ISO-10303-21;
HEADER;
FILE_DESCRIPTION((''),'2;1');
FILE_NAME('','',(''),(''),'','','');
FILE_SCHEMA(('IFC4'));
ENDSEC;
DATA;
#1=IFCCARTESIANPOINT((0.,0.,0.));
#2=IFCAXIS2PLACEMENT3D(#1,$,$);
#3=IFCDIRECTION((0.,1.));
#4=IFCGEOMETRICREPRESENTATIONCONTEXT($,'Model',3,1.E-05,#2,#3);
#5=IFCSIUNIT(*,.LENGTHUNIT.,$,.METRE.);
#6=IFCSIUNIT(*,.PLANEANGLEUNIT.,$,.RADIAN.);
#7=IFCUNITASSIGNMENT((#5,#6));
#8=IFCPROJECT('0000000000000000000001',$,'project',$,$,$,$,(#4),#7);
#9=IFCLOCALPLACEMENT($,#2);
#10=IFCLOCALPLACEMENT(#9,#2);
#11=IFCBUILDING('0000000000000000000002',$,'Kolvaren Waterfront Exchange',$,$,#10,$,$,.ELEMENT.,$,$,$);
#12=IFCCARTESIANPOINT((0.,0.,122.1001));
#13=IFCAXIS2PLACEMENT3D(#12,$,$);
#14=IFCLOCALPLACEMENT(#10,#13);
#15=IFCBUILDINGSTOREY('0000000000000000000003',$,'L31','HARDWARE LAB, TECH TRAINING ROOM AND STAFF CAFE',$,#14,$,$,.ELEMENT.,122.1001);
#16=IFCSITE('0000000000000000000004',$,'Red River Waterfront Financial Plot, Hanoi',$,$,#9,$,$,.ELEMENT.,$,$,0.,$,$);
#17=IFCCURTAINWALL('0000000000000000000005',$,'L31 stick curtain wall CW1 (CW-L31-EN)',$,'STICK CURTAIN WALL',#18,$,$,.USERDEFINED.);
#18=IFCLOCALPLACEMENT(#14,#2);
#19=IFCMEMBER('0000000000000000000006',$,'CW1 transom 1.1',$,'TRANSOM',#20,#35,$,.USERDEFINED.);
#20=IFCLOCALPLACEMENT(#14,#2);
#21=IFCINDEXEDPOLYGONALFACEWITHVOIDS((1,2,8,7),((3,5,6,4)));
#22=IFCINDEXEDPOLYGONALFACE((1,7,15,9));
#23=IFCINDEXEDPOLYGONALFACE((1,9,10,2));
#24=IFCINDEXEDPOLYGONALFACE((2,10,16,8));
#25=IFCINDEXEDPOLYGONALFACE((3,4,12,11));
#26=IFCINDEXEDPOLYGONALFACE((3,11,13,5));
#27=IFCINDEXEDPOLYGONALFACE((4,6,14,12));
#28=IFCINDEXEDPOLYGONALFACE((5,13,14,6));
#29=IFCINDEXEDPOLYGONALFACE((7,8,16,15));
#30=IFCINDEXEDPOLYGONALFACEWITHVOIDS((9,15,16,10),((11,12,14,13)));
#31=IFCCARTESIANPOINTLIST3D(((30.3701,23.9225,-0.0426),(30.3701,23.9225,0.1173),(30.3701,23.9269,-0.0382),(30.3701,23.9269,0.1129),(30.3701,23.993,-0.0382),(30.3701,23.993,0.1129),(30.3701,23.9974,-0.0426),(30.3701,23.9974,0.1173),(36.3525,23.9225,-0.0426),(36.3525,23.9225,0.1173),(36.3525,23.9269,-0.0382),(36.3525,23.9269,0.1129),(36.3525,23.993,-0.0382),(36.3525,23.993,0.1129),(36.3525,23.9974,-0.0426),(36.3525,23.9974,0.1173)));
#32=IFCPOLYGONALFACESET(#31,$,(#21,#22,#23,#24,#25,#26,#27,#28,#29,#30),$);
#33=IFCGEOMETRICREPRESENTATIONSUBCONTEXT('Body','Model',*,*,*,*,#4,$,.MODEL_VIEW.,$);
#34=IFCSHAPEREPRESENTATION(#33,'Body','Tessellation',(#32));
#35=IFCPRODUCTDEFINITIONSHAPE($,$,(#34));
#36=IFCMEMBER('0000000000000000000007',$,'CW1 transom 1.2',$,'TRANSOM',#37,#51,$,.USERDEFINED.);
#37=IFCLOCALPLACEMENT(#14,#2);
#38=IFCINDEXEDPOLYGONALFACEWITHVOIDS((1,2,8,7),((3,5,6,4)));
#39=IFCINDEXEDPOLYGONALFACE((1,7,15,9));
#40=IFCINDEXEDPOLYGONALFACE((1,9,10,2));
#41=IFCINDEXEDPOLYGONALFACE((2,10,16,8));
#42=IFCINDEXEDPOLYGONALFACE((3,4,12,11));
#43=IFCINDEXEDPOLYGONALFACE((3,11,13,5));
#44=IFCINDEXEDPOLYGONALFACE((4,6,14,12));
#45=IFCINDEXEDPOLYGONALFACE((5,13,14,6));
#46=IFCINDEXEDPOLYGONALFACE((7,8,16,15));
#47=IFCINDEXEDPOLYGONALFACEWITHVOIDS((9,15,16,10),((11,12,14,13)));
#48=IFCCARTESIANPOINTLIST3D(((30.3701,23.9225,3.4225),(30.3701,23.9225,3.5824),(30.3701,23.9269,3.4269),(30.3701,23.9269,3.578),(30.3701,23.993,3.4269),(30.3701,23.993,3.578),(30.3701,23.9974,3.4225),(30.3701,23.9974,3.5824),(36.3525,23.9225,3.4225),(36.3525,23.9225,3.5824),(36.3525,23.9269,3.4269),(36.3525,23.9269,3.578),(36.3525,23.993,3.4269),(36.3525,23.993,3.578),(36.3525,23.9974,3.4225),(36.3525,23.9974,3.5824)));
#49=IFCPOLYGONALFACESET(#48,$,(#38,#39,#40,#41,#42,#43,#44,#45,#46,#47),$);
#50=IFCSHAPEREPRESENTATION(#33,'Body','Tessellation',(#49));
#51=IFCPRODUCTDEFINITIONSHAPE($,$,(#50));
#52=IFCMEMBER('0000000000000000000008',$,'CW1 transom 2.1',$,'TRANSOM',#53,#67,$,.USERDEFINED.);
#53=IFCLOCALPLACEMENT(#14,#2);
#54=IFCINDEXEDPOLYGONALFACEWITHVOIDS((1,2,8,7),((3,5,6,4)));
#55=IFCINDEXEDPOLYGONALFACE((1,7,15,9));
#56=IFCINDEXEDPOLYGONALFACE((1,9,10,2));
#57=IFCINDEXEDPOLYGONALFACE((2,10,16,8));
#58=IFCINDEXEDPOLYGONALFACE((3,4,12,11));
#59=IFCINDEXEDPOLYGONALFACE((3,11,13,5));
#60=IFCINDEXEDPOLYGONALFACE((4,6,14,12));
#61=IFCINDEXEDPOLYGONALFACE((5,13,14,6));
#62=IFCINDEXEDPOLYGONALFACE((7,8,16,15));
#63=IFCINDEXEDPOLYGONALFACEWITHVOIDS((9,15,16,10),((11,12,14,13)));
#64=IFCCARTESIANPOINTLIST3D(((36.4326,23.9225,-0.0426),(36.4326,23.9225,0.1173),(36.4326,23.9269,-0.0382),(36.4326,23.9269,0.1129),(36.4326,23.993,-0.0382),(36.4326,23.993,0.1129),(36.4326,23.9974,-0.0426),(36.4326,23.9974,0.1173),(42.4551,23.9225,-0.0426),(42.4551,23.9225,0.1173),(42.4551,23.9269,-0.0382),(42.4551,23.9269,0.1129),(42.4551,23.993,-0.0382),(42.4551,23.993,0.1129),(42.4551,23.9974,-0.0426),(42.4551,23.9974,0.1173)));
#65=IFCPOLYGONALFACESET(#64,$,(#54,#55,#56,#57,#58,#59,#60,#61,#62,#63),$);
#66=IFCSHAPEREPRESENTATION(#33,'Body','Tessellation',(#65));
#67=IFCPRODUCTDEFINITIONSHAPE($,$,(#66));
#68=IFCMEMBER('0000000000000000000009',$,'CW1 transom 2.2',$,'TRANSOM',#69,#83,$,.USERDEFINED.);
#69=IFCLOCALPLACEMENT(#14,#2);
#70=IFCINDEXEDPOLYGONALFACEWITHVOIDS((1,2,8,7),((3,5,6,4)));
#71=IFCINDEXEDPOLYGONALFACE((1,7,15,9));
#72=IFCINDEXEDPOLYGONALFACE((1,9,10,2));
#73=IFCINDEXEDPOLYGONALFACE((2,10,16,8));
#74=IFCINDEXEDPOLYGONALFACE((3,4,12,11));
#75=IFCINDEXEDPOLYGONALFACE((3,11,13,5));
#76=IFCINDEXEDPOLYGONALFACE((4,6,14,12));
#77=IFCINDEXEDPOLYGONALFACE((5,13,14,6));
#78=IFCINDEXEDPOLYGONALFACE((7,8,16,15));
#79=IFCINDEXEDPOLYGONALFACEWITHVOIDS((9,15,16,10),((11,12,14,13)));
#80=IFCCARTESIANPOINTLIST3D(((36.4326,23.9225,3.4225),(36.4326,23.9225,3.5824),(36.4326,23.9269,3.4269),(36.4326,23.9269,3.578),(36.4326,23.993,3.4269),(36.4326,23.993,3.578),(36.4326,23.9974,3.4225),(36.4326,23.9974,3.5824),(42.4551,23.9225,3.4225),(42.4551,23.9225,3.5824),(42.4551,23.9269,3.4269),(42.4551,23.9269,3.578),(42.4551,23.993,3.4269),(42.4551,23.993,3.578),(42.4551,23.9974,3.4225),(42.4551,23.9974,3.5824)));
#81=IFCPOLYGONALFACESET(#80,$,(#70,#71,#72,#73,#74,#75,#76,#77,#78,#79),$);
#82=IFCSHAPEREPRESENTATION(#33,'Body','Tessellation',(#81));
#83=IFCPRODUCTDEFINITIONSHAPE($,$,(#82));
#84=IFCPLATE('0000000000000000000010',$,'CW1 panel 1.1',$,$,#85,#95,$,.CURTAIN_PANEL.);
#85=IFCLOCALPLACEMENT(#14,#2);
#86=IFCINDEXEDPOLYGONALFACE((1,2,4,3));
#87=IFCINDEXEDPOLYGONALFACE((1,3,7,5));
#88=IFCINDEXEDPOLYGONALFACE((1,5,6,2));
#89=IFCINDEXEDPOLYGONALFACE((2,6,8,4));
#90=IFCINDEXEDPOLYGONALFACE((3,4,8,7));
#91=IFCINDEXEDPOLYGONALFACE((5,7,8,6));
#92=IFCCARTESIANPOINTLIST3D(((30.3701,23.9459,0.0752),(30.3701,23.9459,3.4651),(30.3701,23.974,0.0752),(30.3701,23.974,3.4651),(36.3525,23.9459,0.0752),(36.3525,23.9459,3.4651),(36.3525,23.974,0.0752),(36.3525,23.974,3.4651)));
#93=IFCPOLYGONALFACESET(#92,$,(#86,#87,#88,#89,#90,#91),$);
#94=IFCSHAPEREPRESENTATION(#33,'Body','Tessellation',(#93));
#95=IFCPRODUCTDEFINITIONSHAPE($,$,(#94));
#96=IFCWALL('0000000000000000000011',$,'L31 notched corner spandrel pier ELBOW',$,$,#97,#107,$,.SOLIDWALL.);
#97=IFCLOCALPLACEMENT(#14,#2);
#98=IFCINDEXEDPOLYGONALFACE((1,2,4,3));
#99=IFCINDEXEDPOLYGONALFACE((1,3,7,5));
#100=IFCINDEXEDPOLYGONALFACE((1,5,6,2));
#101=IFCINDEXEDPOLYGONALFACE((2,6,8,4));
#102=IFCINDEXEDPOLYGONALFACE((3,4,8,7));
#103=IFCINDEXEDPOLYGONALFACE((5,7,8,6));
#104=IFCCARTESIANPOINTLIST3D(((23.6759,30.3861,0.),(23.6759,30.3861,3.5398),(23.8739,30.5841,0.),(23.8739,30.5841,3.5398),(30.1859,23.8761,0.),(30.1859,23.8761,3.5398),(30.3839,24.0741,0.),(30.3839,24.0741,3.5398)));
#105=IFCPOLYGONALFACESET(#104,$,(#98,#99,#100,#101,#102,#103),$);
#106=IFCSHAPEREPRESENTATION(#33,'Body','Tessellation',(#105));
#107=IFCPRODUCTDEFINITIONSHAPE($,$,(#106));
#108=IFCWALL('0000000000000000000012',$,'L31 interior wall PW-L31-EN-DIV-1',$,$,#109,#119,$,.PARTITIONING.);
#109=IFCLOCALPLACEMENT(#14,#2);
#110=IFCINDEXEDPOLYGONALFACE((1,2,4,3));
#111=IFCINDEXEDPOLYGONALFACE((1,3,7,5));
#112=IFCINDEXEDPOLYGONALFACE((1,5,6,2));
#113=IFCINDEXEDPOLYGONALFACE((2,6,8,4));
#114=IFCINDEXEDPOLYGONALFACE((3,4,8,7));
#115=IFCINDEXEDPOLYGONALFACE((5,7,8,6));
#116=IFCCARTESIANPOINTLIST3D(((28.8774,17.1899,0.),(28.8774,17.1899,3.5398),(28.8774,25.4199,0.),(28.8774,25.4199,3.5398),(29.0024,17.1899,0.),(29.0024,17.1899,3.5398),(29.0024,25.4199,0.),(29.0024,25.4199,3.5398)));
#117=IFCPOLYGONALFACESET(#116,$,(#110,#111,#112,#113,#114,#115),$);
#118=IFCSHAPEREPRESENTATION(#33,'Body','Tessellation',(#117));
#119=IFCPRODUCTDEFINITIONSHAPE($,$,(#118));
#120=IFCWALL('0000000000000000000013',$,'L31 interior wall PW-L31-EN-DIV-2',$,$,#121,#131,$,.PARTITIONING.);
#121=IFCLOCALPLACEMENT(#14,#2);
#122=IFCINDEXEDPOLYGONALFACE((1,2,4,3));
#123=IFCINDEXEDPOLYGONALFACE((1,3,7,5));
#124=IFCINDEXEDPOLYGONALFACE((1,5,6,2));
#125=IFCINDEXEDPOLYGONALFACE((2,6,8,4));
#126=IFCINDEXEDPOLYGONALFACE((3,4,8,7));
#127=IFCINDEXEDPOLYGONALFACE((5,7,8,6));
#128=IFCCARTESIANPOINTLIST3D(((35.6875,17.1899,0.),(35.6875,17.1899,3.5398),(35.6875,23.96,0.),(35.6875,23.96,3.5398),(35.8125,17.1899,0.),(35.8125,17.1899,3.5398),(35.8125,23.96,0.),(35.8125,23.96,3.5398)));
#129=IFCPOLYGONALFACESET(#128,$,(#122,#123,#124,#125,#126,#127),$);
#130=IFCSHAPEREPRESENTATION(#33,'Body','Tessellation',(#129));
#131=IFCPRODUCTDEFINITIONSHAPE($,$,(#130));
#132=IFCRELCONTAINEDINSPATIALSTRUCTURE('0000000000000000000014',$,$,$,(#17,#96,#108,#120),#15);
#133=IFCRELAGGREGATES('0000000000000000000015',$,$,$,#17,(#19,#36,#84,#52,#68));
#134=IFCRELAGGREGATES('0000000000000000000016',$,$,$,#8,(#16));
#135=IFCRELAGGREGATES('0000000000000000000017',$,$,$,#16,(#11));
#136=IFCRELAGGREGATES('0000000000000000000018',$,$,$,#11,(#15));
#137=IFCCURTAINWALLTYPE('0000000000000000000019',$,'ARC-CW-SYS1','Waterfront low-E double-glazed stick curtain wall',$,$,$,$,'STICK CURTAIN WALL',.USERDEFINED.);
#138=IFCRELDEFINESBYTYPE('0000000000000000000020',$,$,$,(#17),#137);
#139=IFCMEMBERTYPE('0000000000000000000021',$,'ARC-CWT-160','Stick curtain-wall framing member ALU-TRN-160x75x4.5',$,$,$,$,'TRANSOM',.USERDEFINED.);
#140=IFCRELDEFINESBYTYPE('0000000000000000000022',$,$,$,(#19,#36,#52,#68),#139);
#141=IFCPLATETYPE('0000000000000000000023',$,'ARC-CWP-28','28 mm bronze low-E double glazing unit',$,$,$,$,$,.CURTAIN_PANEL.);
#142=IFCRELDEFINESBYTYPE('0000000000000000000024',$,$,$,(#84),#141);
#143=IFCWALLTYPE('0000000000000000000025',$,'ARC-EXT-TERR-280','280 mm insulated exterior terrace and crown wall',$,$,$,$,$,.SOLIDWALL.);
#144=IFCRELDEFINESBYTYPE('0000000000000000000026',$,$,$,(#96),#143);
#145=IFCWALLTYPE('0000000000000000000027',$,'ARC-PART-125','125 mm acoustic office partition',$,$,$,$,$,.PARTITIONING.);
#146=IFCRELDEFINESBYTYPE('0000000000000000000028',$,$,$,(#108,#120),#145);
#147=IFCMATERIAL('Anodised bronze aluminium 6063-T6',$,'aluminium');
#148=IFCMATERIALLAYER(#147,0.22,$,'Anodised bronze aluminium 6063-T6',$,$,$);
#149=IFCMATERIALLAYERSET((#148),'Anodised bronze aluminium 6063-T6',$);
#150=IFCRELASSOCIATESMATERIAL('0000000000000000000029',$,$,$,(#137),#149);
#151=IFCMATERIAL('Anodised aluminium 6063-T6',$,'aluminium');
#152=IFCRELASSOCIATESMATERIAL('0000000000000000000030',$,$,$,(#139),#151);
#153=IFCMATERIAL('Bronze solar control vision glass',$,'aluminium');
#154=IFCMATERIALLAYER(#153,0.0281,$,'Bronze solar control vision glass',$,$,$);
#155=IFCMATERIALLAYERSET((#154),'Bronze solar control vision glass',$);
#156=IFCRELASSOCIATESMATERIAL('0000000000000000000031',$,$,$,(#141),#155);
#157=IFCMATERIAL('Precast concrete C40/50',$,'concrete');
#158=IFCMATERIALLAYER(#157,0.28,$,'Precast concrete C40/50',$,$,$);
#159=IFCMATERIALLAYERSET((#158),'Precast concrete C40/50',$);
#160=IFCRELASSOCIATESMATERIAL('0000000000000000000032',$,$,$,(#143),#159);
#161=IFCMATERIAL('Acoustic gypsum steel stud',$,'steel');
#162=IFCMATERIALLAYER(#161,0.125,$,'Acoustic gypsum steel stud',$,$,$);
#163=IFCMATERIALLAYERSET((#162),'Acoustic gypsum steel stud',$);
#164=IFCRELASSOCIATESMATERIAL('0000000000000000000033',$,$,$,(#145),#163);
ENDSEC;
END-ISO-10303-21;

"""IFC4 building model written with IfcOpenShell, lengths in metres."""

from ifc_helpers import new_model, si_unit, direction, frame, frame_2d, origin, origin_with_axes, origin_2d, place, context, subcontext, project, spatial, rectangle, hollow_rectangle, extrude, source, transform, mapped, material, layer, layer_set, material_profile, profile_set, type_object, element, aggregate, save


model = new_model("IFC4")

# Units and contexts
model_context = context("Model", 3, precision=1e-05, world=origin(), true_north=direction((0.0, 1.0)))
body_context = subcontext(model_context, "Body", "Model", "MODEL_VIEW")
ifc_project = project(units=[si_unit("LENGTHUNIT", "METRE"), si_unit("PLANEANGLEUNIT", "RADIAN")], contexts=[model_context])

# Site, building, storey
site_placement = place(None, origin())
site = spatial("IfcSite", under=ifc_project, at=site_placement, Name="Red River Waterfront Financial Plot, Hanoi", CompositionType="ELEMENT", RefElevation=0.0)
building_placement = place(site_placement, origin())
building = spatial("IfcBuilding", under=site, at=building_placement, Name="Kolvaren Waterfront Exchange", CompositionType="ELEMENT")
storey_placement = place(building_placement, frame((0.0, 0.0, 122.1001)))
storey = spatial("IfcBuildingStorey", under=building, at=storey_placement, Name="L31", Description="HARDWARE LAB, TECH TRAINING ROOM AND STAFF CAFE", CompositionType="ELEMENT", Elevation=122.1001)

# Curtain wall, members, plate
ifc_material_1 = material(Name="Anodised bronze aluminium 6063-T6", Category="aluminium")
ifc_layer_1 = layer(ifc_material_1, 0.22, Name="Anodised bronze aluminium 6063-T6")
ifc_layer_set_1 = layer_set([ifc_layer_1], Name="Anodised bronze aluminium 6063-T6")
curtain_wall_type = type_object("IfcCurtainWallType", Name="ARC-CW-SYS1", Description="Waterfront low-E double-glazed stick curtain wall", ElementType="STICK CURTAIN WALL", PredefinedType="USERDEFINED", material=ifc_layer_set_1)
curtain_wall_placement = place(storey_placement, origin())
curtain_wall = element("IfcCurtainWall", 1, at=curtain_wall_placement, inside=storey, type_object=curtain_wall_type, Name="L31 stick curtain wall CW1 (CW-L31-EN)", ObjectType="STICK CURTAIN WALL", PredefinedType="USERDEFINED")
ifc_material_2 = material(Name="Anodised aluminium 6063-T6", Category="aluminium")
ifc_material_profile_1 = material_profile(ifc_material_2, hollow_rectangle(XDim=0.075, YDim=0.1599, WallThickness=0.0044, at=origin_2d()), Name="ALU-TRN-160x75x4.5")
ifc_profile_set_1 = profile_set([ifc_material_profile_1], Name="Anodised aluminium 6063-T6")
member_type_1 = type_object("IfcMemberType", Name="ARC-CWT-160", Description="Stick curtain-wall framing member ALU-TRN-160x75x4.5", ElementType="TRANSOM", PredefinedType="USERDEFINED", material=ifc_profile_set_1)
shared_shape_1 = source(origin_with_axes(), body_context, "Body", "SweptSolid", [
    extrude(hollow_rectangle(XDim=0.075, YDim=0.1599, WallThickness=0.0044, at=origin_2d()), origin(), (0.0, 0.0, 1.0), 5.9824),
])
member_1_placement = place(storey_placement, frame((30.3701, 23.96, 0.0374), z_axis=(1.0, 0.0, 0.0), x_axis=(0.0, 1.0, 0.0)))
member_1 = element("IfcMember", 2, at=member_1_placement, type_object=member_type_1, Name="CW1 transom 1.1", ObjectType="TRANSOM", PredefinedType="USERDEFINED", context=body_context, shape_type="MappedRepresentation", body=[
    mapped(shared_shape_1, transform((0.0, 0.0, 0.0), x_axis=(1.0, 0.0, 0.0), y_axis=(0.0, 1.0, 0.0), z_axis=(0.0, 0.0, 1.0), scale=1.0)),
])
member_2_placement = place(storey_placement, frame((30.3701, 23.96, 3.5024), z_axis=(1.0, 0.0, 0.0), x_axis=(0.0, 1.0, 0.0)))
member_2 = element("IfcMember", 3, at=member_2_placement, type_object=member_type_1, Name="CW1 transom 1.2", ObjectType="TRANSOM", PredefinedType="USERDEFINED", context=body_context, shape_type="MappedRepresentation", body=[
    mapped(shared_shape_1, transform((0.0, 0.0, 0.0), x_axis=(1.0, 0.0, 0.0), y_axis=(0.0, 1.0, 0.0), z_axis=(0.0, 0.0, 1.0), scale=1.0)),
])
shared_shape_2 = source(origin_with_axes(), body_context, "Body", "SweptSolid", [
    extrude(hollow_rectangle(XDim=0.075, YDim=0.1599, WallThickness=0.0044, at=origin_2d()), origin(), (0.0, 0.0, 1.0), 6.0225),
])
member_3_placement = place(storey_placement, frame((36.4326, 23.96, 0.0374), z_axis=(1.0, 0.0, 0.0), x_axis=(0.0, 1.0, 0.0)))
member_3 = element("IfcMember", 4, at=member_3_placement, type_object=member_type_1, Name="CW1 transom 2.1", ObjectType="TRANSOM", PredefinedType="USERDEFINED", context=body_context, shape_type="MappedRepresentation", body=[
    mapped(shared_shape_2, transform((0.0, 0.0, 0.0), x_axis=(1.0, 0.0, 0.0), y_axis=(0.0, 1.0, 0.0), z_axis=(0.0, 0.0, 1.0), scale=1.0)),
])
member_4_placement = place(storey_placement, frame((36.4326, 23.96, 3.5024), z_axis=(1.0, 0.0, 0.0), x_axis=(0.0, 1.0, 0.0)))
member_4 = element("IfcMember", 5, at=member_4_placement, type_object=member_type_1, Name="CW1 transom 2.2", ObjectType="TRANSOM", PredefinedType="USERDEFINED", context=body_context, shape_type="MappedRepresentation", body=[
    mapped(shared_shape_2, transform((0.0, 0.0, 0.0), x_axis=(1.0, 0.0, 0.0), y_axis=(0.0, 1.0, 0.0), z_axis=(0.0, 0.0, 1.0), scale=1.0)),
])
ifc_material_3 = material(Name="Bronze solar control vision glass", Category="aluminium")
ifc_layer_2 = layer(ifc_material_3, 0.0281, Name="Bronze solar control vision glass")
ifc_layer_set_2 = layer_set([ifc_layer_2], Name="Bronze solar control vision glass")
plate_type = type_object("IfcPlateType", Name="ARC-CWP-28", Description="28 mm bronze low-E double glazing unit", PredefinedType="CURTAIN_PANEL", material=ifc_layer_set_2)
shared_shape_3 = source(origin_with_axes(), body_context, "Body", "SweptSolid", [
    extrude(rectangle(XDim=5.9824, YDim=0.0281, at=origin_2d()), origin(), (0.0, 0.0, 1.0), 3.3899),
])
plate_placement = place(storey_placement, frame((33.3613, 23.96, 0.0752), z_axis=(0.0, 0.0, 1.0), x_axis=(1.0, 0.0, 0.0)))
plate = element("IfcPlate", 6, at=plate_placement, type_object=plate_type, Name="CW1 panel 1.1", PredefinedType="CURTAIN_PANEL", context=body_context, shape_type="MappedRepresentation", body=[
    mapped(shared_shape_3, transform((0.0, 0.0, 0.0), x_axis=(1.0, 0.0, 0.0), y_axis=(0.0, 1.0, 0.0), z_axis=(0.0, 0.0, 1.0), scale=1.0)),
])
aggregate(curtain_wall, [member_1, member_2, plate, member_3, member_4])

# Walls
ifc_material_4 = material(Name="Precast concrete C40/50", Category="concrete")
ifc_layer_3 = layer(ifc_material_4, 0.28, Name="Precast concrete C40/50")
ifc_layer_set_3 = layer_set([ifc_layer_3], Name="Precast concrete C40/50")
wall_type_1 = type_object("IfcWallType", Name="ARC-EXT-TERR-280", Description="280 mm insulated exterior terrace and crown wall", PredefinedType="SOLIDWALL", material=ifc_layer_set_3)
wall_1_placement = place(storey_placement, frame((30.2849, 23.9751, 0.0), z_axis=(0.0, 0.0, 1.0), x_axis=(-0.707107, 0.707107, 0.0)))
element("IfcWall", 7, at=wall_1_placement, inside=storey, type_object=wall_type_1, Name="L31 notched corner spandrel pier ELBOW", PredefinedType="SOLIDWALL", context=body_context, shape_type="SweptSolid", body=[
    extrude(rectangle(XDim=9.2065, YDim=0.28, at=frame_2d((4.6033, 0.0))), origin(), (0.0, 0.0, 1.0), 3.5398),
])
ifc_material_5 = material(Name="Acoustic gypsum steel stud", Category="steel")
ifc_layer_4 = layer(ifc_material_5, 0.125, Name="Acoustic gypsum steel stud")
ifc_layer_set_4 = layer_set([ifc_layer_4], Name="Acoustic gypsum steel stud")
wall_type_2 = type_object("IfcWallType", Name="ARC-PART-125", Description="125 mm acoustic office partition", PredefinedType="PARTITIONING", material=ifc_layer_set_4)
wall_2_placement = place(storey_placement, frame((28.9399, 17.1899, 0.0), z_axis=(0.0, 0.0, 1.0), x_axis=(0.0, 1.0, 0.0)))
element("IfcWall", 8, at=wall_2_placement, inside=storey, type_object=wall_type_2, Name="L31 interior wall PW-L31-EN-DIV-1", PredefinedType="PARTITIONING", context=body_context, shape_type="SweptSolid", body=[
    extrude(rectangle(XDim=8.23, YDim=0.125, at=frame_2d((4.115, 0.0))), origin(), (0.0, 0.0, 1.0), 3.5398),
])
wall_3_placement = place(storey_placement, frame((35.75, 17.1899, 0.0), z_axis=(0.0, 0.0, 1.0), x_axis=(0.0, 1.0, 0.0)))
element("IfcWall", 9, at=wall_3_placement, inside=storey, type_object=wall_type_2, Name="L31 interior wall PW-L31-EN-DIV-2", PredefinedType="PARTITIONING", context=body_context, shape_type="SweptSolid", body=[
    extrude(rectangle(XDim=6.77, YDim=0.125, at=frame_2d((3.385, 0.0))), origin(), (0.0, 0.0, 1.0), 3.5398),
])

save(model, "model.ifc")
